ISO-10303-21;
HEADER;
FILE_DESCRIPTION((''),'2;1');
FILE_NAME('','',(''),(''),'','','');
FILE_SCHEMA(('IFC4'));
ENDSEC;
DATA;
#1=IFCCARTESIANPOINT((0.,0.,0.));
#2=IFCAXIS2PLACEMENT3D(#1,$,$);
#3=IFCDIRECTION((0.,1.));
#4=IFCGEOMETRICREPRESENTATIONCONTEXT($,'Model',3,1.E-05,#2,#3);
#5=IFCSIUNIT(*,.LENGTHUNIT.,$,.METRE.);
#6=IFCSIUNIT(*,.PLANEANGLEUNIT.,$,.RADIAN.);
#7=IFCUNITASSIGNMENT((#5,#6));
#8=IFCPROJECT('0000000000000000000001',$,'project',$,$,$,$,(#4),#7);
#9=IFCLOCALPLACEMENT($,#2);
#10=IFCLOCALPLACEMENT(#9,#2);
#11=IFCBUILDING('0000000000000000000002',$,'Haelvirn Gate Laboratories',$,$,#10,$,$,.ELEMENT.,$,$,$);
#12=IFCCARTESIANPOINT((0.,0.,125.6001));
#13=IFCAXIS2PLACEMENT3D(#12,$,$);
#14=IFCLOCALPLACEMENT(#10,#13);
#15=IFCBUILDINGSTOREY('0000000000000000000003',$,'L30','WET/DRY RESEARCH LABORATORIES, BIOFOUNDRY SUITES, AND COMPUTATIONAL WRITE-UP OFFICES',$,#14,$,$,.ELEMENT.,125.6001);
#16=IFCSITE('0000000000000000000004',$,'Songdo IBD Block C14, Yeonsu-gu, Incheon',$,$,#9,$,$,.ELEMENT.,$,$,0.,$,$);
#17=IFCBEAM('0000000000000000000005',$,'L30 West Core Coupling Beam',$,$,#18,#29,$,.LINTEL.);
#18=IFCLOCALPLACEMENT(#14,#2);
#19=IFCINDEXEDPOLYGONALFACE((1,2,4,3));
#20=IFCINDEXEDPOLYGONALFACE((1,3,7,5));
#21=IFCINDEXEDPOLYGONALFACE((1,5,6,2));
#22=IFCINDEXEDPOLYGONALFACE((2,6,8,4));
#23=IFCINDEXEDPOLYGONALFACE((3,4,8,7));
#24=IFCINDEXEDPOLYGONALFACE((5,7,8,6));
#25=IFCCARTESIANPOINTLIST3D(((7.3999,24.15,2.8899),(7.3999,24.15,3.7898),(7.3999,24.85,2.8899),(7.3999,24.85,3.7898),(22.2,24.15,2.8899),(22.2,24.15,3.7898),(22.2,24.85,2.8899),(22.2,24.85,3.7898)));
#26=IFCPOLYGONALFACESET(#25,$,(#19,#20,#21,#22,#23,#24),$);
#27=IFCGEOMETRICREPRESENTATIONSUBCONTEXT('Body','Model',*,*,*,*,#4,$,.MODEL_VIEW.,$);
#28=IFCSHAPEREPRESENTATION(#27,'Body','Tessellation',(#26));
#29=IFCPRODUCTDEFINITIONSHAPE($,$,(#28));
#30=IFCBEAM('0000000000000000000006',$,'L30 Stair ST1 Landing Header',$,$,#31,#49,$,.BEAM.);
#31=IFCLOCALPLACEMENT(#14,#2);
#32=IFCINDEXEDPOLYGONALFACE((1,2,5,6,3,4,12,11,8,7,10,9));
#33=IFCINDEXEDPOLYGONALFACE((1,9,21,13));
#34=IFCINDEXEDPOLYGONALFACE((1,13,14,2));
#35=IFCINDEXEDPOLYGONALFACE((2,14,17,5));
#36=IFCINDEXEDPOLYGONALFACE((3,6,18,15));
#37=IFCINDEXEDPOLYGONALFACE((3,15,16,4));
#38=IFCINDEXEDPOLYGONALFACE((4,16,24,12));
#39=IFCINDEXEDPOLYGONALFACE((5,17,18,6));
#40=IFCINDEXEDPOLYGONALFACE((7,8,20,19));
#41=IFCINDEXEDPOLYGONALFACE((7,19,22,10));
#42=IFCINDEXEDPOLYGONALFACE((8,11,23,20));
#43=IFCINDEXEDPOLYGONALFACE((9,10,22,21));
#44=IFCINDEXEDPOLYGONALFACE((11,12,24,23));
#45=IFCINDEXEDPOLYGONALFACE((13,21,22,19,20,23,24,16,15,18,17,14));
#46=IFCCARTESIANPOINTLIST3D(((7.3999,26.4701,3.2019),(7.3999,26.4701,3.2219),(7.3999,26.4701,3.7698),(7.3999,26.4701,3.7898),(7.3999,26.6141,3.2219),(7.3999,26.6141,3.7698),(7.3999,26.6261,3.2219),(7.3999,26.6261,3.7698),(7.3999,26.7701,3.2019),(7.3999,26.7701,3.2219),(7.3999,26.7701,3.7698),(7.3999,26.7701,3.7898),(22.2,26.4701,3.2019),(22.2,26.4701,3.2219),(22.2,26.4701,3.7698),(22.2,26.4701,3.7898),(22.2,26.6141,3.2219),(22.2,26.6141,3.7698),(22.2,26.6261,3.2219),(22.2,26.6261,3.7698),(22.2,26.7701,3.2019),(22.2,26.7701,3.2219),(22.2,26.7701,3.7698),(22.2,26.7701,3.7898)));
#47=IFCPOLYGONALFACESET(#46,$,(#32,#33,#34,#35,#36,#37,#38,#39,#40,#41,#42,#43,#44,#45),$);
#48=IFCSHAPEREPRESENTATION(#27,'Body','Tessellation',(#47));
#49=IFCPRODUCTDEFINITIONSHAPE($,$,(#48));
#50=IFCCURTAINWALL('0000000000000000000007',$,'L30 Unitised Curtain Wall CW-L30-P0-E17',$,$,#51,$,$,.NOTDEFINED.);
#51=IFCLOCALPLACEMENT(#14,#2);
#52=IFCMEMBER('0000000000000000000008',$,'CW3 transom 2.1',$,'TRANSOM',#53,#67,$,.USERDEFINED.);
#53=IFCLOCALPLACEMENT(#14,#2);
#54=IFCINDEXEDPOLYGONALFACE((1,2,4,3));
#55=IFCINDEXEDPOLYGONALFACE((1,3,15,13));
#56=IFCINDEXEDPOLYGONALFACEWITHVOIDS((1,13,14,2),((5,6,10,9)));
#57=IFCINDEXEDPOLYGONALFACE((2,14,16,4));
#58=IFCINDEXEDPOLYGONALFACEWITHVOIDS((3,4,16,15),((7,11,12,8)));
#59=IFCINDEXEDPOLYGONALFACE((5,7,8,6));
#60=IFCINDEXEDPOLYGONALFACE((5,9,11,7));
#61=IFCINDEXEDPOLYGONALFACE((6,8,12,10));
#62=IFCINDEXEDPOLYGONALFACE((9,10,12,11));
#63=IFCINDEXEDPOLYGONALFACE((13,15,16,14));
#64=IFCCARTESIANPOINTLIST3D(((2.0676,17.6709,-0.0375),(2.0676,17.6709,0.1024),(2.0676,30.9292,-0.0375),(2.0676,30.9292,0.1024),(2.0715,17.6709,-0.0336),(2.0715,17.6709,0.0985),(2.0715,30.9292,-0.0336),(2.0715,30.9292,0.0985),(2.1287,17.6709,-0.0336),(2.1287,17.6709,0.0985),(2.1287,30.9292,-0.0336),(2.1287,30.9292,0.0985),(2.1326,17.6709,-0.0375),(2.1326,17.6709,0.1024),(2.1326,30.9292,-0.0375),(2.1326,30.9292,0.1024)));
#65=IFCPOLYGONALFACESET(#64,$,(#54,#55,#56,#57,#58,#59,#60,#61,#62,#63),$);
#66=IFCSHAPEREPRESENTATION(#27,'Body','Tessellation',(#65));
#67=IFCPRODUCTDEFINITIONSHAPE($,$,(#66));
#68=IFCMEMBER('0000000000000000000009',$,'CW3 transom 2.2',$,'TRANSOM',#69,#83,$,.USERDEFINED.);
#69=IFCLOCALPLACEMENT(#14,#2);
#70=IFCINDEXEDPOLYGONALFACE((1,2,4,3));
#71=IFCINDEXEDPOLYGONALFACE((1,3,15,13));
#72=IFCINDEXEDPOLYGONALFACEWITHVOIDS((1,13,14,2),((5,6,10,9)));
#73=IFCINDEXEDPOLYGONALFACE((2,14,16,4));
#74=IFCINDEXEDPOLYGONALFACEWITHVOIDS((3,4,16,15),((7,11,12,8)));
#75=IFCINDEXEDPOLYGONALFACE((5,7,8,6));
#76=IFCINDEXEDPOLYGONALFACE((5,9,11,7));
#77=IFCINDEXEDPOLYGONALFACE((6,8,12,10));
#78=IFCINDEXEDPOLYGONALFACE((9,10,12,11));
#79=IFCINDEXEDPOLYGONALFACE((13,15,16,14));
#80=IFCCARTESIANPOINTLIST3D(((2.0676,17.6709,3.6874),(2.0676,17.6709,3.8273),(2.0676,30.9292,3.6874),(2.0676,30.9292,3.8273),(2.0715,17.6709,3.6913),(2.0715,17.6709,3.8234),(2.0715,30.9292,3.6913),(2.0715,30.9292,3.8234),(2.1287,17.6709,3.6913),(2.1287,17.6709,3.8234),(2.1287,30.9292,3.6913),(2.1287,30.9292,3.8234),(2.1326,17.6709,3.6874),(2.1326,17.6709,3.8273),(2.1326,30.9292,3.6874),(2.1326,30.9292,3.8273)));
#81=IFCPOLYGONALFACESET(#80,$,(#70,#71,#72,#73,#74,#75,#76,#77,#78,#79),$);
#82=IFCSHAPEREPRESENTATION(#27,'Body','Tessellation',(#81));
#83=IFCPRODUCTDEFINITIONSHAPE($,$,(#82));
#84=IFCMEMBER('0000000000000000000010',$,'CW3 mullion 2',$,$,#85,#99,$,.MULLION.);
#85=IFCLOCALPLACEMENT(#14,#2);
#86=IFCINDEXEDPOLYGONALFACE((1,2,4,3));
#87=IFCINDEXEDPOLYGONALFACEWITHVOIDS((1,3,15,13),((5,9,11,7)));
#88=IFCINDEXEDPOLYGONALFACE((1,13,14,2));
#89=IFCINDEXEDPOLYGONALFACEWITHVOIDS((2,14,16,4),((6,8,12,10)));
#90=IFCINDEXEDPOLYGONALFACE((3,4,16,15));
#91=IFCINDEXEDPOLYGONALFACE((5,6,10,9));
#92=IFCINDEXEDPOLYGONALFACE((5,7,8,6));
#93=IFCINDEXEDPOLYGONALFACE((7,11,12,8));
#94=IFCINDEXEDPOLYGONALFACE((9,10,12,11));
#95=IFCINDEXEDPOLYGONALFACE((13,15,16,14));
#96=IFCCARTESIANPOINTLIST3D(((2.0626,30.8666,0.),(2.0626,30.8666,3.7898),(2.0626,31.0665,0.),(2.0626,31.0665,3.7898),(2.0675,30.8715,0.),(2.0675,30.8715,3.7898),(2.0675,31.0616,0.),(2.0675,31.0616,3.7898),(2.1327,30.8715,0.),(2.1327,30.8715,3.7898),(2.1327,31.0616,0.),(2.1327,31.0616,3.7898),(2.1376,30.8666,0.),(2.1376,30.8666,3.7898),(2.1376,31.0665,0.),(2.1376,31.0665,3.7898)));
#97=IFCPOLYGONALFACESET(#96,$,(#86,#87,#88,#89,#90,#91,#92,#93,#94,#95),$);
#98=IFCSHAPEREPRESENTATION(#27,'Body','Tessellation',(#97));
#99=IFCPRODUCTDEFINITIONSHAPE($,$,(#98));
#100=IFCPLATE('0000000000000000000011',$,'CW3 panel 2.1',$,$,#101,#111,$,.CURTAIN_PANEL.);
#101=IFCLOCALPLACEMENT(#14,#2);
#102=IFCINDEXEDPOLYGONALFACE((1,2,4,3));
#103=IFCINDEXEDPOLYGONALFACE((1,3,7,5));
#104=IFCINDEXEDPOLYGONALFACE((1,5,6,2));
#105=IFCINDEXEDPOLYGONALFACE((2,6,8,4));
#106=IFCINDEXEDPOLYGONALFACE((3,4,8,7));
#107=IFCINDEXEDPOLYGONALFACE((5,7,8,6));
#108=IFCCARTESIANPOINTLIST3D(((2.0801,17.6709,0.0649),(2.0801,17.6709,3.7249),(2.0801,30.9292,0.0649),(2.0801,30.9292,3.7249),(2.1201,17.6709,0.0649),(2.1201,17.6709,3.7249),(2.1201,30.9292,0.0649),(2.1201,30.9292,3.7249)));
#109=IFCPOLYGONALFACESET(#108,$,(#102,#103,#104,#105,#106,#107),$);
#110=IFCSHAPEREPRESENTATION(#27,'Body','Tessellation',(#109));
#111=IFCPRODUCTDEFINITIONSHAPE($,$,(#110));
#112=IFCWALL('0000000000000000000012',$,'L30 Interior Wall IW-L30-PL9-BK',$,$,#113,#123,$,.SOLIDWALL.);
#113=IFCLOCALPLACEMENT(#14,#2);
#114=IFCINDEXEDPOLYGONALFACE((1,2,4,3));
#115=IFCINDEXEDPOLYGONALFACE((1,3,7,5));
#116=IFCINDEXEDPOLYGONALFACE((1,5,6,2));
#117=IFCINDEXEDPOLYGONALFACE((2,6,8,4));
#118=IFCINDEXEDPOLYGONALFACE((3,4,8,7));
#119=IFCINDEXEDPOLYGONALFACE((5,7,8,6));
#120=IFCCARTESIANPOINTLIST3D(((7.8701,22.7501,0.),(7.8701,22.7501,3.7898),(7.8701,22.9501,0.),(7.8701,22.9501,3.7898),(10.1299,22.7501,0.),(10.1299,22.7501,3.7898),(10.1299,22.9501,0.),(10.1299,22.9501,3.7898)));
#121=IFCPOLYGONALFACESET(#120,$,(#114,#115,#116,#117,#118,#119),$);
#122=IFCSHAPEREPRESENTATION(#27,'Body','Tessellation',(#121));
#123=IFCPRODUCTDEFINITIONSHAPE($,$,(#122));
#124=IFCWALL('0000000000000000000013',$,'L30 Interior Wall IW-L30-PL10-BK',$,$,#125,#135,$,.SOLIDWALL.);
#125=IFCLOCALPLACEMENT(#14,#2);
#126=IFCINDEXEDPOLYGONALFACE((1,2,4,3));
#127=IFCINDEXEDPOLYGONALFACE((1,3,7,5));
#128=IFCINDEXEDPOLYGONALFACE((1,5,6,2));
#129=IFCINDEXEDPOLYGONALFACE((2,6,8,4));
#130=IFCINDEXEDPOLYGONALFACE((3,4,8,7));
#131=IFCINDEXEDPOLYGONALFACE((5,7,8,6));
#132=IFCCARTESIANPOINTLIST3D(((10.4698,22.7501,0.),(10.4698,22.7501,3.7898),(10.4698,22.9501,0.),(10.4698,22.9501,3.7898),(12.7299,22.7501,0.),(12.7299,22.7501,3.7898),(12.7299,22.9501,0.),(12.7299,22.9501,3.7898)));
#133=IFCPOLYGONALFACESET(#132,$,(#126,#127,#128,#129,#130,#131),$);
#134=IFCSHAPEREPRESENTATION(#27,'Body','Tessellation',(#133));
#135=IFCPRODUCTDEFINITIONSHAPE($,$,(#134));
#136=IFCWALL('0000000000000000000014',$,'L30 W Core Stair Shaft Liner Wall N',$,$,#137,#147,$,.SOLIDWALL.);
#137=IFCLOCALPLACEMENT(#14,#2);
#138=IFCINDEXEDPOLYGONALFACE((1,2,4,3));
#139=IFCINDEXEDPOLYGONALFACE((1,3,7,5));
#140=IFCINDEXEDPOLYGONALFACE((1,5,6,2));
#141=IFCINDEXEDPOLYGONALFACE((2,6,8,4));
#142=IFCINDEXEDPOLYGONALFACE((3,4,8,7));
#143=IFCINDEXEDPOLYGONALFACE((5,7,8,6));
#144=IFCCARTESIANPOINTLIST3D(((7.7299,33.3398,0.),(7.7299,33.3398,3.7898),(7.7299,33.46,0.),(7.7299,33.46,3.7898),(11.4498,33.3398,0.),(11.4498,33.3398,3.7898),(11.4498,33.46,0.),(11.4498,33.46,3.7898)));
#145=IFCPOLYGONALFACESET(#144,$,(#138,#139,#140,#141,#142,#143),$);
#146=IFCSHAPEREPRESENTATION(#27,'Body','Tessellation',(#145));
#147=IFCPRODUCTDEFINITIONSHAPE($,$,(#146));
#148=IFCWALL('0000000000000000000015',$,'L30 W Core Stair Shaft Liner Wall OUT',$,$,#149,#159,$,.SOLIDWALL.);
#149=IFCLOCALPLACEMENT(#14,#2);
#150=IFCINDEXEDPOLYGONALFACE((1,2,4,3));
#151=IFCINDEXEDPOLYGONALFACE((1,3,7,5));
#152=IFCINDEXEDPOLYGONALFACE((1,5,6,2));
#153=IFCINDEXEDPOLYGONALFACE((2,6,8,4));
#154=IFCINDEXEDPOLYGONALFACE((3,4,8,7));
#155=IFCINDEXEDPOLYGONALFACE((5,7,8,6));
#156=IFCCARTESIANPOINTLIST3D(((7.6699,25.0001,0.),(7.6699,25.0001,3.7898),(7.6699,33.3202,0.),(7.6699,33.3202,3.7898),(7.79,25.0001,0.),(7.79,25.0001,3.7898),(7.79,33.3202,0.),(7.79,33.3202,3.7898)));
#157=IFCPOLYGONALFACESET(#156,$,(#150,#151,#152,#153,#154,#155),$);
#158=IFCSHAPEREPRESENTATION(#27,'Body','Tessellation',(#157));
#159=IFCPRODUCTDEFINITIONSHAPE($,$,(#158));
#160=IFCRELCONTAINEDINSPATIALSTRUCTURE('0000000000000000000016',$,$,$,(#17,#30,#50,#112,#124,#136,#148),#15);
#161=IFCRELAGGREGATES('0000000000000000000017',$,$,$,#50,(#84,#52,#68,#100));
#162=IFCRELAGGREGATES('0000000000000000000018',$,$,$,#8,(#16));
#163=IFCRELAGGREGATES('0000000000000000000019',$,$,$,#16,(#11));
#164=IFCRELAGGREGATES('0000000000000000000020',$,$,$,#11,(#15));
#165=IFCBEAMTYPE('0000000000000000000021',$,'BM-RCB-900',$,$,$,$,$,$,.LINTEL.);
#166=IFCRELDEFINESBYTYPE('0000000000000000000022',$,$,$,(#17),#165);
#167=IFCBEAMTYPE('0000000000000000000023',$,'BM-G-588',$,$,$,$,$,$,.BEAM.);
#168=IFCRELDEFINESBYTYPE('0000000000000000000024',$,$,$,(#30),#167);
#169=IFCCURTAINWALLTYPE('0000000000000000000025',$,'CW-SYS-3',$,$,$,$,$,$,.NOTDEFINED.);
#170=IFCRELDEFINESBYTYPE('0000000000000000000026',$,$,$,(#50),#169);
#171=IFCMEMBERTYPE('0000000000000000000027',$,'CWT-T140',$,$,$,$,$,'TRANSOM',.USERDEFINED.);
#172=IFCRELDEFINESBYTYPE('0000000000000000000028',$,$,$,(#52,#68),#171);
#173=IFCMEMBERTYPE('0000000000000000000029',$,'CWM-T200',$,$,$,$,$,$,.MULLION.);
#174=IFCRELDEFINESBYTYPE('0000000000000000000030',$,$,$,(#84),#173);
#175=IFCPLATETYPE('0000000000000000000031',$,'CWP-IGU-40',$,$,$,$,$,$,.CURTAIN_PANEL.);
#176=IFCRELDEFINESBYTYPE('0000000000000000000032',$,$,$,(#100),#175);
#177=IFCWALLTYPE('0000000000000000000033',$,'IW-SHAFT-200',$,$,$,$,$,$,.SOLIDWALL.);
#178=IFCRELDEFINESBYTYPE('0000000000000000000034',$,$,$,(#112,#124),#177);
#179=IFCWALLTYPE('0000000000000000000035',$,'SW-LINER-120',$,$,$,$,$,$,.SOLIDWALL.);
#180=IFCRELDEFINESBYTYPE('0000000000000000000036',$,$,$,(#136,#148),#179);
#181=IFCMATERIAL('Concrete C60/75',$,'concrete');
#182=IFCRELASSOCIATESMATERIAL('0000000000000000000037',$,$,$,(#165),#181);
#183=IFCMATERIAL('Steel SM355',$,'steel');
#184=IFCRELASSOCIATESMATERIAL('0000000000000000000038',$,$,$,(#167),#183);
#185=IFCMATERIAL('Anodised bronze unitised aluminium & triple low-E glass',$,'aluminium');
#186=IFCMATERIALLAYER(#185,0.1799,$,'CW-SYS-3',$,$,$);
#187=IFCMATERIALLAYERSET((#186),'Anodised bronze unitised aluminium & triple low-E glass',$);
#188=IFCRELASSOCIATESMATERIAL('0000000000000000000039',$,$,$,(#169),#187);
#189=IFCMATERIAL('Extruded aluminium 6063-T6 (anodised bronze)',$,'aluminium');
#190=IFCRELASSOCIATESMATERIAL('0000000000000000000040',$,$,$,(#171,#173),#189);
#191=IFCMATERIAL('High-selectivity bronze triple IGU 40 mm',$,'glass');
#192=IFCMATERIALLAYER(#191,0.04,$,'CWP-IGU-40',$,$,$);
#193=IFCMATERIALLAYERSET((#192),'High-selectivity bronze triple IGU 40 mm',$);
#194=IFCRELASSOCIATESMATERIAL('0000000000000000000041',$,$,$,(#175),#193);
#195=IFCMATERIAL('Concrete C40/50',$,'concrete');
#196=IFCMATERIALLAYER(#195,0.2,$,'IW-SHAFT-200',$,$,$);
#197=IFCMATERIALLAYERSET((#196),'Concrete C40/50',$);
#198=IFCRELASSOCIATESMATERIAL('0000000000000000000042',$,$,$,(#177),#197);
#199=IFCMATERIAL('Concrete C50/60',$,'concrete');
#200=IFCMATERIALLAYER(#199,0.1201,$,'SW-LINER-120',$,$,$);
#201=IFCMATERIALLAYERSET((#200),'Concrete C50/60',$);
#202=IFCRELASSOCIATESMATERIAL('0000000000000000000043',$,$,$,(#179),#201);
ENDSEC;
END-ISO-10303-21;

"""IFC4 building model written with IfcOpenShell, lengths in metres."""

from ifc_helpers import new_model, si_unit, direction, frame, frame_2d, origin, origin_2d, place, context, subcontext, project, spatial, rectangle, hollow_rectangle, i_section, extrude, source, transform, mapped, material, layer, layer_set, material_profile, profile_set, type_object, type_shapes, element, aggregate, save


model = new_model("IFC4")

# Units and contexts
model_context = context("Model", 3, precision=1e-05, world=origin(), true_north=direction((0.0, 1.0)))
body_context = subcontext(model_context, "Body", "Model", "MODEL_VIEW")
ifc_project = project(units=[si_unit("LENGTHUNIT", "METRE"), si_unit("PLANEANGLEUNIT", "RADIAN")], contexts=[model_context])

# Site, building, storey
site_placement = place(None, origin())
site = spatial("IfcSite", under=ifc_project, at=site_placement, Name="Songdo IBD Block C14, Yeonsu-gu, Incheon", CompositionType="ELEMENT", RefElevation=0.0)
building_placement = place(site_placement, origin())
building = spatial("IfcBuilding", under=site, at=building_placement, Name="Haelvirn Gate Laboratories", CompositionType="ELEMENT")
storey_placement = place(building_placement, frame((0.0, 0.0, 125.6001)))
storey = spatial("IfcBuildingStorey", under=building, at=storey_placement, Name="L30", Description="WET/DRY RESEARCH LABORATORIES, BIOFOUNDRY SUITES, AND COMPUTATIONAL WRITE-UP OFFICES", CompositionType="ELEMENT", Elevation=125.6001)

# Beams
ifc_material_1 = material(Name="Concrete C60/75", Category="concrete")
ifc_material_profile_1 = material_profile(ifc_material_1, rectangle(XDim=0.7, YDim=0.8999, at=origin_2d()), Name="RCB-700x900")
ifc_profile_set_1 = profile_set([ifc_material_profile_1], Name="Concrete C60/75")
beam_type_1 = type_object("IfcBeamType", Name="BM-RCB-900", PredefinedType="LINTEL", material=ifc_profile_set_1)
shared_shape_1 = source(origin(), body_context, "Body", "SweptSolid", [
    extrude(rectangle(XDim=0.7, YDim=0.8999, at=origin_2d()), origin(), (0.0, 0.0, 1.0), 14.8),
])
type_shapes(beam_type_1, [shared_shape_1])
beam_1_placement = place(storey_placement, frame((7.3999, 24.5, 3.3398), z_axis=(1.0, 0.0, 0.0), x_axis=(0.0, 1.0, 0.0)))
element("IfcBeam", 1, at=beam_1_placement, inside=storey, type_object=beam_type_1, Name="L30 West Core Coupling Beam", PredefinedType="LINTEL", context=body_context, shape_type="MappedRepresentation", body=[
    mapped(shared_shape_1, transform((0.0, 0.0, 0.0), scale=1.0)),
])
ifc_material_2 = material(Name="Steel SM355", Category="steel")
ifc_material_profile_2 = material_profile(ifc_material_2, i_section(OverallWidth=0.3, OverallDepth=0.5879, WebThickness=0.012, FlangeThickness=0.02, at=origin_2d()), Name="H-588x300x12x20")
ifc_profile_set_2 = profile_set([ifc_material_profile_2], Name="Steel SM355")
beam_type_2 = type_object("IfcBeamType", Name="BM-G-588", PredefinedType="BEAM", material=ifc_profile_set_2)
shared_shape_2 = source(origin(), body_context, "Body", "SweptSolid", [
    extrude(i_section(OverallWidth=0.3, OverallDepth=0.5879, WebThickness=0.012, FlangeThickness=0.02, at=origin_2d()), origin(), (0.0, 0.0, 1.0), 14.8),
])
type_shapes(beam_type_2, [shared_shape_2])
beam_2_placement = place(storey_placement, frame((7.3999, 26.6201, 3.4958), z_axis=(1.0, 0.0, 0.0), x_axis=(0.0, 1.0, 0.0)))
element("IfcBeam", 2, at=beam_2_placement, inside=storey, type_object=beam_type_2, Name="L30 Stair ST1 Landing Header", PredefinedType="BEAM", context=body_context, shape_type="MappedRepresentation", body=[
    mapped(shared_shape_2, transform((0.0, 0.0, 0.0), scale=1.0)),
])

# Curtain wall, members, plate
ifc_material_3 = material(Name="Anodised bronze unitised aluminium & triple low-E glass", Category="aluminium")
ifc_layer_1 = layer(ifc_material_3, 0.1799, Name="CW-SYS-3")
ifc_layer_set_1 = layer_set([ifc_layer_1], Name="Anodised bronze unitised aluminium & triple low-E glass")
curtain_wall_type = type_object("IfcCurtainWallType", Name="CW-SYS-3", PredefinedType="NOTDEFINED", material=ifc_layer_set_1)
curtain_wall_placement = place(storey_placement, origin())
curtain_wall = element("IfcCurtainWall", 3, at=curtain_wall_placement, inside=storey, type_object=curtain_wall_type, Name="L30 Unitised Curtain Wall CW-L30-P0-E17", PredefinedType="NOTDEFINED")
ifc_material_4 = material(Name="Extruded aluminium 6063-T6 (anodised bronze)", Category="aluminium")
ifc_material_profile_3 = material_profile(ifc_material_4, hollow_rectangle(XDim=0.0649, YDim=0.1399, WallThickness=0.0039, at=origin_2d()), Name="CWT-140x65x4")
ifc_profile_set_3 = profile_set([ifc_material_profile_3], Name="Extruded aluminium 6063-T6 (anodised bronze)")
member_type_1 = type_object("IfcMemberType", Name="CWT-T140", ElementType="TRANSOM", PredefinedType="USERDEFINED", material=ifc_profile_set_3)
shared_shape_3 = source(origin(), body_context, "Body", "SweptSolid", [
    extrude(hollow_rectangle(XDim=0.0649, YDim=0.1399, WallThickness=0.0039, at=origin_2d()), origin(), (0.0, 0.0, 1.0), 13.2583),
])
type_shapes(member_type_1, [shared_shape_3])
member_1_placement = place(storey_placement, frame((2.1001, 30.9292, 0.0325), z_axis=(0.0, -1.0, 0.0), x_axis=(1.0, 0.0, 0.0)))
member_1 = element("IfcMember", 4, at=member_1_placement, type_object=member_type_1, Name="CW3 transom 2.1", ObjectType="TRANSOM", PredefinedType="USERDEFINED", context=body_context, shape_type="MappedRepresentation", body=[
    mapped(shared_shape_3, transform((0.0, 0.0, 0.0), scale=1.0)),
])
member_2_placement = place(storey_placement, frame((2.1001, 30.9292, 3.7573), z_axis=(0.0, -1.0, 0.0), x_axis=(1.0, 0.0, 0.0)))
member_2 = element("IfcMember", 5, at=member_2_placement, type_object=member_type_1, Name="CW3 transom 2.2", ObjectType="TRANSOM", PredefinedType="USERDEFINED", context=body_context, shape_type="MappedRepresentation", body=[
    mapped(shared_shape_3, transform((0.0, 0.0, 0.0), scale=1.0)),
])
ifc_material_profile_4 = material_profile(ifc_material_4, hollow_rectangle(XDim=0.075, YDim=0.2, WallThickness=0.0049, at=origin_2d()), Name="CWM-200x75x5")
ifc_profile_set_4 = profile_set([ifc_material_profile_4], Name="Extruded aluminium 6063-T6 (anodised bronze)")
member_type_2 = type_object("IfcMemberType", Name="CWM-T200", PredefinedType="MULLION", material=ifc_profile_set_4)
shared_shape_4 = source(origin(), body_context, "Body", "SweptSolid", [
    extrude(hollow_rectangle(XDim=0.075, YDim=0.2, WallThickness=0.0049, at=origin_2d()), origin(), (0.0, 0.0, 1.0), 3.7898),
])
type_shapes(member_type_2, [shared_shape_4])
member_3_placement = place(storey_placement, frame((2.1001, 30.9666, 0.0), z_axis=(0.0, 0.0, 1.0), x_axis=(1.0, 0.0, 0.0)))
member_3 = element("IfcMember", 6, at=member_3_placement, type_object=member_type_2, Name="CW3 mullion 2", PredefinedType="MULLION", context=body_context, shape_type="MappedRepresentation", body=[
    mapped(shared_shape_4, transform((0.0, 0.0, 0.0), scale=1.0)),
])
ifc_material_5 = material(Name="High-selectivity bronze triple IGU 40 mm", Category="glass")
ifc_layer_2 = layer(ifc_material_5, 0.04, Name="CWP-IGU-40")
ifc_layer_set_2 = layer_set([ifc_layer_2], Name="High-selectivity bronze triple IGU 40 mm")
plate_type = type_object("IfcPlateType", Name="CWP-IGU-40", PredefinedType="CURTAIN_PANEL", material=ifc_layer_set_2)
shared_shape_5 = source(origin(), body_context, "Body", "SweptSolid", [
    extrude(rectangle(XDim=13.2583, YDim=0.04, at=origin_2d()), origin(), (0.0, 0.0, 1.0), 3.6599),
])
type_shapes(plate_type, [shared_shape_5])
plate_placement = place(storey_placement, frame((2.1001, 24.3, 0.0649), z_axis=(0.0, 0.0, 1.0), x_axis=(0.0, -1.0, 0.0)))
plate = element("IfcPlate", 7, at=plate_placement, type_object=plate_type, Name="CW3 panel 2.1", PredefinedType="CURTAIN_PANEL", context=body_context, shape_type="MappedRepresentation", body=[
    mapped(shared_shape_5, transform((0.0, 0.0, 0.0), scale=1.0)),
])
aggregate(curtain_wall, [member_3, member_1, member_2, plate])

# Walls
ifc_material_6 = material(Name="Concrete C40/50", Category="concrete")
ifc_layer_3 = layer(ifc_material_6, 0.2, Name="IW-SHAFT-200")
ifc_layer_set_3 = layer_set([ifc_layer_3], Name="Concrete C40/50")
wall_type_1 = type_object("IfcWallType", Name="IW-SHAFT-200", PredefinedType="SOLIDWALL", material=ifc_layer_set_3)
wall_1_placement = place(storey_placement, frame((7.8701, 22.8501, 0.0), z_axis=(0.0, 0.0, 1.0), x_axis=(1.0, 0.0, 0.0)))
element("IfcWall", 8, at=wall_1_placement, inside=storey, type_object=wall_type_1, Name="L30 Interior Wall IW-L30-PL9-BK", PredefinedType="SOLIDWALL", context=body_context, shape_type="SweptSolid", body=[
    extrude(rectangle(XDim=2.2598, YDim=0.2, at=frame_2d((1.1299, 0.0))), origin(), (0.0, 0.0, 1.0), 3.7898),
])
wall_2_placement = place(storey_placement, frame((10.47, 22.8501, 0.0), z_axis=(0.0, 0.0, 1.0), x_axis=(1.0, 0.0, 0.0)))
element("IfcWall", 9, at=wall_2_placement, inside=storey, type_object=wall_type_1, Name="L30 Interior Wall IW-L30-PL10-BK", PredefinedType="SOLIDWALL", context=body_context, shape_type="SweptSolid", body=[
    extrude(rectangle(XDim=2.26, YDim=0.2, at=frame_2d((1.1299, 0.0))), origin(), (0.0, 0.0, 1.0), 3.7898),
])

# Walls
ifc_material_7 = material(Name="Concrete C50/60", Category="concrete")
ifc_layer_4 = layer(ifc_material_7, 0.1201, Name="SW-LINER-120")
ifc_layer_set_4 = layer_set([ifc_layer_4], Name="Concrete C50/60")
wall_type_2 = type_object("IfcWallType", Name="SW-LINER-120", PredefinedType="SOLIDWALL", material=ifc_layer_set_4)
wall_3_placement = place(storey_placement, frame((7.73, 33.3999, 0.0), z_axis=(0.0, 0.0, 1.0), x_axis=(1.0, 0.0, 0.0)))
element("IfcWall", 10, at=wall_3_placement, inside=storey, type_object=wall_type_2, Name="L30 W Core Stair Shaft Liner Wall N", PredefinedType="SOLIDWALL", context=body_context, shape_type="SweptSolid", body=[
    extrude(rectangle(XDim=3.72, YDim=0.1201, at=frame_2d((1.8599, 0.0))), origin(), (0.0, 0.0, 1.0), 3.7898),
])
wall_4_placement = place(storey_placement, frame((7.73, 25.0, 0.0), z_axis=(0.0, 0.0, 1.0), x_axis=(0.0, 1.0, 0.0)))
element("IfcWall", 11, at=wall_4_placement, inside=storey, type_object=wall_type_2, Name="L30 W Core Stair Shaft Liner Wall OUT", PredefinedType="SOLIDWALL", context=body_context, shape_type="SweptSolid", body=[
    extrude(rectangle(XDim=8.3201, YDim=0.1201, at=frame_2d((4.1602, 0.0))), origin(), (0.0, 0.0, 1.0), 3.7898),
])

save(model, "model.ifc")
